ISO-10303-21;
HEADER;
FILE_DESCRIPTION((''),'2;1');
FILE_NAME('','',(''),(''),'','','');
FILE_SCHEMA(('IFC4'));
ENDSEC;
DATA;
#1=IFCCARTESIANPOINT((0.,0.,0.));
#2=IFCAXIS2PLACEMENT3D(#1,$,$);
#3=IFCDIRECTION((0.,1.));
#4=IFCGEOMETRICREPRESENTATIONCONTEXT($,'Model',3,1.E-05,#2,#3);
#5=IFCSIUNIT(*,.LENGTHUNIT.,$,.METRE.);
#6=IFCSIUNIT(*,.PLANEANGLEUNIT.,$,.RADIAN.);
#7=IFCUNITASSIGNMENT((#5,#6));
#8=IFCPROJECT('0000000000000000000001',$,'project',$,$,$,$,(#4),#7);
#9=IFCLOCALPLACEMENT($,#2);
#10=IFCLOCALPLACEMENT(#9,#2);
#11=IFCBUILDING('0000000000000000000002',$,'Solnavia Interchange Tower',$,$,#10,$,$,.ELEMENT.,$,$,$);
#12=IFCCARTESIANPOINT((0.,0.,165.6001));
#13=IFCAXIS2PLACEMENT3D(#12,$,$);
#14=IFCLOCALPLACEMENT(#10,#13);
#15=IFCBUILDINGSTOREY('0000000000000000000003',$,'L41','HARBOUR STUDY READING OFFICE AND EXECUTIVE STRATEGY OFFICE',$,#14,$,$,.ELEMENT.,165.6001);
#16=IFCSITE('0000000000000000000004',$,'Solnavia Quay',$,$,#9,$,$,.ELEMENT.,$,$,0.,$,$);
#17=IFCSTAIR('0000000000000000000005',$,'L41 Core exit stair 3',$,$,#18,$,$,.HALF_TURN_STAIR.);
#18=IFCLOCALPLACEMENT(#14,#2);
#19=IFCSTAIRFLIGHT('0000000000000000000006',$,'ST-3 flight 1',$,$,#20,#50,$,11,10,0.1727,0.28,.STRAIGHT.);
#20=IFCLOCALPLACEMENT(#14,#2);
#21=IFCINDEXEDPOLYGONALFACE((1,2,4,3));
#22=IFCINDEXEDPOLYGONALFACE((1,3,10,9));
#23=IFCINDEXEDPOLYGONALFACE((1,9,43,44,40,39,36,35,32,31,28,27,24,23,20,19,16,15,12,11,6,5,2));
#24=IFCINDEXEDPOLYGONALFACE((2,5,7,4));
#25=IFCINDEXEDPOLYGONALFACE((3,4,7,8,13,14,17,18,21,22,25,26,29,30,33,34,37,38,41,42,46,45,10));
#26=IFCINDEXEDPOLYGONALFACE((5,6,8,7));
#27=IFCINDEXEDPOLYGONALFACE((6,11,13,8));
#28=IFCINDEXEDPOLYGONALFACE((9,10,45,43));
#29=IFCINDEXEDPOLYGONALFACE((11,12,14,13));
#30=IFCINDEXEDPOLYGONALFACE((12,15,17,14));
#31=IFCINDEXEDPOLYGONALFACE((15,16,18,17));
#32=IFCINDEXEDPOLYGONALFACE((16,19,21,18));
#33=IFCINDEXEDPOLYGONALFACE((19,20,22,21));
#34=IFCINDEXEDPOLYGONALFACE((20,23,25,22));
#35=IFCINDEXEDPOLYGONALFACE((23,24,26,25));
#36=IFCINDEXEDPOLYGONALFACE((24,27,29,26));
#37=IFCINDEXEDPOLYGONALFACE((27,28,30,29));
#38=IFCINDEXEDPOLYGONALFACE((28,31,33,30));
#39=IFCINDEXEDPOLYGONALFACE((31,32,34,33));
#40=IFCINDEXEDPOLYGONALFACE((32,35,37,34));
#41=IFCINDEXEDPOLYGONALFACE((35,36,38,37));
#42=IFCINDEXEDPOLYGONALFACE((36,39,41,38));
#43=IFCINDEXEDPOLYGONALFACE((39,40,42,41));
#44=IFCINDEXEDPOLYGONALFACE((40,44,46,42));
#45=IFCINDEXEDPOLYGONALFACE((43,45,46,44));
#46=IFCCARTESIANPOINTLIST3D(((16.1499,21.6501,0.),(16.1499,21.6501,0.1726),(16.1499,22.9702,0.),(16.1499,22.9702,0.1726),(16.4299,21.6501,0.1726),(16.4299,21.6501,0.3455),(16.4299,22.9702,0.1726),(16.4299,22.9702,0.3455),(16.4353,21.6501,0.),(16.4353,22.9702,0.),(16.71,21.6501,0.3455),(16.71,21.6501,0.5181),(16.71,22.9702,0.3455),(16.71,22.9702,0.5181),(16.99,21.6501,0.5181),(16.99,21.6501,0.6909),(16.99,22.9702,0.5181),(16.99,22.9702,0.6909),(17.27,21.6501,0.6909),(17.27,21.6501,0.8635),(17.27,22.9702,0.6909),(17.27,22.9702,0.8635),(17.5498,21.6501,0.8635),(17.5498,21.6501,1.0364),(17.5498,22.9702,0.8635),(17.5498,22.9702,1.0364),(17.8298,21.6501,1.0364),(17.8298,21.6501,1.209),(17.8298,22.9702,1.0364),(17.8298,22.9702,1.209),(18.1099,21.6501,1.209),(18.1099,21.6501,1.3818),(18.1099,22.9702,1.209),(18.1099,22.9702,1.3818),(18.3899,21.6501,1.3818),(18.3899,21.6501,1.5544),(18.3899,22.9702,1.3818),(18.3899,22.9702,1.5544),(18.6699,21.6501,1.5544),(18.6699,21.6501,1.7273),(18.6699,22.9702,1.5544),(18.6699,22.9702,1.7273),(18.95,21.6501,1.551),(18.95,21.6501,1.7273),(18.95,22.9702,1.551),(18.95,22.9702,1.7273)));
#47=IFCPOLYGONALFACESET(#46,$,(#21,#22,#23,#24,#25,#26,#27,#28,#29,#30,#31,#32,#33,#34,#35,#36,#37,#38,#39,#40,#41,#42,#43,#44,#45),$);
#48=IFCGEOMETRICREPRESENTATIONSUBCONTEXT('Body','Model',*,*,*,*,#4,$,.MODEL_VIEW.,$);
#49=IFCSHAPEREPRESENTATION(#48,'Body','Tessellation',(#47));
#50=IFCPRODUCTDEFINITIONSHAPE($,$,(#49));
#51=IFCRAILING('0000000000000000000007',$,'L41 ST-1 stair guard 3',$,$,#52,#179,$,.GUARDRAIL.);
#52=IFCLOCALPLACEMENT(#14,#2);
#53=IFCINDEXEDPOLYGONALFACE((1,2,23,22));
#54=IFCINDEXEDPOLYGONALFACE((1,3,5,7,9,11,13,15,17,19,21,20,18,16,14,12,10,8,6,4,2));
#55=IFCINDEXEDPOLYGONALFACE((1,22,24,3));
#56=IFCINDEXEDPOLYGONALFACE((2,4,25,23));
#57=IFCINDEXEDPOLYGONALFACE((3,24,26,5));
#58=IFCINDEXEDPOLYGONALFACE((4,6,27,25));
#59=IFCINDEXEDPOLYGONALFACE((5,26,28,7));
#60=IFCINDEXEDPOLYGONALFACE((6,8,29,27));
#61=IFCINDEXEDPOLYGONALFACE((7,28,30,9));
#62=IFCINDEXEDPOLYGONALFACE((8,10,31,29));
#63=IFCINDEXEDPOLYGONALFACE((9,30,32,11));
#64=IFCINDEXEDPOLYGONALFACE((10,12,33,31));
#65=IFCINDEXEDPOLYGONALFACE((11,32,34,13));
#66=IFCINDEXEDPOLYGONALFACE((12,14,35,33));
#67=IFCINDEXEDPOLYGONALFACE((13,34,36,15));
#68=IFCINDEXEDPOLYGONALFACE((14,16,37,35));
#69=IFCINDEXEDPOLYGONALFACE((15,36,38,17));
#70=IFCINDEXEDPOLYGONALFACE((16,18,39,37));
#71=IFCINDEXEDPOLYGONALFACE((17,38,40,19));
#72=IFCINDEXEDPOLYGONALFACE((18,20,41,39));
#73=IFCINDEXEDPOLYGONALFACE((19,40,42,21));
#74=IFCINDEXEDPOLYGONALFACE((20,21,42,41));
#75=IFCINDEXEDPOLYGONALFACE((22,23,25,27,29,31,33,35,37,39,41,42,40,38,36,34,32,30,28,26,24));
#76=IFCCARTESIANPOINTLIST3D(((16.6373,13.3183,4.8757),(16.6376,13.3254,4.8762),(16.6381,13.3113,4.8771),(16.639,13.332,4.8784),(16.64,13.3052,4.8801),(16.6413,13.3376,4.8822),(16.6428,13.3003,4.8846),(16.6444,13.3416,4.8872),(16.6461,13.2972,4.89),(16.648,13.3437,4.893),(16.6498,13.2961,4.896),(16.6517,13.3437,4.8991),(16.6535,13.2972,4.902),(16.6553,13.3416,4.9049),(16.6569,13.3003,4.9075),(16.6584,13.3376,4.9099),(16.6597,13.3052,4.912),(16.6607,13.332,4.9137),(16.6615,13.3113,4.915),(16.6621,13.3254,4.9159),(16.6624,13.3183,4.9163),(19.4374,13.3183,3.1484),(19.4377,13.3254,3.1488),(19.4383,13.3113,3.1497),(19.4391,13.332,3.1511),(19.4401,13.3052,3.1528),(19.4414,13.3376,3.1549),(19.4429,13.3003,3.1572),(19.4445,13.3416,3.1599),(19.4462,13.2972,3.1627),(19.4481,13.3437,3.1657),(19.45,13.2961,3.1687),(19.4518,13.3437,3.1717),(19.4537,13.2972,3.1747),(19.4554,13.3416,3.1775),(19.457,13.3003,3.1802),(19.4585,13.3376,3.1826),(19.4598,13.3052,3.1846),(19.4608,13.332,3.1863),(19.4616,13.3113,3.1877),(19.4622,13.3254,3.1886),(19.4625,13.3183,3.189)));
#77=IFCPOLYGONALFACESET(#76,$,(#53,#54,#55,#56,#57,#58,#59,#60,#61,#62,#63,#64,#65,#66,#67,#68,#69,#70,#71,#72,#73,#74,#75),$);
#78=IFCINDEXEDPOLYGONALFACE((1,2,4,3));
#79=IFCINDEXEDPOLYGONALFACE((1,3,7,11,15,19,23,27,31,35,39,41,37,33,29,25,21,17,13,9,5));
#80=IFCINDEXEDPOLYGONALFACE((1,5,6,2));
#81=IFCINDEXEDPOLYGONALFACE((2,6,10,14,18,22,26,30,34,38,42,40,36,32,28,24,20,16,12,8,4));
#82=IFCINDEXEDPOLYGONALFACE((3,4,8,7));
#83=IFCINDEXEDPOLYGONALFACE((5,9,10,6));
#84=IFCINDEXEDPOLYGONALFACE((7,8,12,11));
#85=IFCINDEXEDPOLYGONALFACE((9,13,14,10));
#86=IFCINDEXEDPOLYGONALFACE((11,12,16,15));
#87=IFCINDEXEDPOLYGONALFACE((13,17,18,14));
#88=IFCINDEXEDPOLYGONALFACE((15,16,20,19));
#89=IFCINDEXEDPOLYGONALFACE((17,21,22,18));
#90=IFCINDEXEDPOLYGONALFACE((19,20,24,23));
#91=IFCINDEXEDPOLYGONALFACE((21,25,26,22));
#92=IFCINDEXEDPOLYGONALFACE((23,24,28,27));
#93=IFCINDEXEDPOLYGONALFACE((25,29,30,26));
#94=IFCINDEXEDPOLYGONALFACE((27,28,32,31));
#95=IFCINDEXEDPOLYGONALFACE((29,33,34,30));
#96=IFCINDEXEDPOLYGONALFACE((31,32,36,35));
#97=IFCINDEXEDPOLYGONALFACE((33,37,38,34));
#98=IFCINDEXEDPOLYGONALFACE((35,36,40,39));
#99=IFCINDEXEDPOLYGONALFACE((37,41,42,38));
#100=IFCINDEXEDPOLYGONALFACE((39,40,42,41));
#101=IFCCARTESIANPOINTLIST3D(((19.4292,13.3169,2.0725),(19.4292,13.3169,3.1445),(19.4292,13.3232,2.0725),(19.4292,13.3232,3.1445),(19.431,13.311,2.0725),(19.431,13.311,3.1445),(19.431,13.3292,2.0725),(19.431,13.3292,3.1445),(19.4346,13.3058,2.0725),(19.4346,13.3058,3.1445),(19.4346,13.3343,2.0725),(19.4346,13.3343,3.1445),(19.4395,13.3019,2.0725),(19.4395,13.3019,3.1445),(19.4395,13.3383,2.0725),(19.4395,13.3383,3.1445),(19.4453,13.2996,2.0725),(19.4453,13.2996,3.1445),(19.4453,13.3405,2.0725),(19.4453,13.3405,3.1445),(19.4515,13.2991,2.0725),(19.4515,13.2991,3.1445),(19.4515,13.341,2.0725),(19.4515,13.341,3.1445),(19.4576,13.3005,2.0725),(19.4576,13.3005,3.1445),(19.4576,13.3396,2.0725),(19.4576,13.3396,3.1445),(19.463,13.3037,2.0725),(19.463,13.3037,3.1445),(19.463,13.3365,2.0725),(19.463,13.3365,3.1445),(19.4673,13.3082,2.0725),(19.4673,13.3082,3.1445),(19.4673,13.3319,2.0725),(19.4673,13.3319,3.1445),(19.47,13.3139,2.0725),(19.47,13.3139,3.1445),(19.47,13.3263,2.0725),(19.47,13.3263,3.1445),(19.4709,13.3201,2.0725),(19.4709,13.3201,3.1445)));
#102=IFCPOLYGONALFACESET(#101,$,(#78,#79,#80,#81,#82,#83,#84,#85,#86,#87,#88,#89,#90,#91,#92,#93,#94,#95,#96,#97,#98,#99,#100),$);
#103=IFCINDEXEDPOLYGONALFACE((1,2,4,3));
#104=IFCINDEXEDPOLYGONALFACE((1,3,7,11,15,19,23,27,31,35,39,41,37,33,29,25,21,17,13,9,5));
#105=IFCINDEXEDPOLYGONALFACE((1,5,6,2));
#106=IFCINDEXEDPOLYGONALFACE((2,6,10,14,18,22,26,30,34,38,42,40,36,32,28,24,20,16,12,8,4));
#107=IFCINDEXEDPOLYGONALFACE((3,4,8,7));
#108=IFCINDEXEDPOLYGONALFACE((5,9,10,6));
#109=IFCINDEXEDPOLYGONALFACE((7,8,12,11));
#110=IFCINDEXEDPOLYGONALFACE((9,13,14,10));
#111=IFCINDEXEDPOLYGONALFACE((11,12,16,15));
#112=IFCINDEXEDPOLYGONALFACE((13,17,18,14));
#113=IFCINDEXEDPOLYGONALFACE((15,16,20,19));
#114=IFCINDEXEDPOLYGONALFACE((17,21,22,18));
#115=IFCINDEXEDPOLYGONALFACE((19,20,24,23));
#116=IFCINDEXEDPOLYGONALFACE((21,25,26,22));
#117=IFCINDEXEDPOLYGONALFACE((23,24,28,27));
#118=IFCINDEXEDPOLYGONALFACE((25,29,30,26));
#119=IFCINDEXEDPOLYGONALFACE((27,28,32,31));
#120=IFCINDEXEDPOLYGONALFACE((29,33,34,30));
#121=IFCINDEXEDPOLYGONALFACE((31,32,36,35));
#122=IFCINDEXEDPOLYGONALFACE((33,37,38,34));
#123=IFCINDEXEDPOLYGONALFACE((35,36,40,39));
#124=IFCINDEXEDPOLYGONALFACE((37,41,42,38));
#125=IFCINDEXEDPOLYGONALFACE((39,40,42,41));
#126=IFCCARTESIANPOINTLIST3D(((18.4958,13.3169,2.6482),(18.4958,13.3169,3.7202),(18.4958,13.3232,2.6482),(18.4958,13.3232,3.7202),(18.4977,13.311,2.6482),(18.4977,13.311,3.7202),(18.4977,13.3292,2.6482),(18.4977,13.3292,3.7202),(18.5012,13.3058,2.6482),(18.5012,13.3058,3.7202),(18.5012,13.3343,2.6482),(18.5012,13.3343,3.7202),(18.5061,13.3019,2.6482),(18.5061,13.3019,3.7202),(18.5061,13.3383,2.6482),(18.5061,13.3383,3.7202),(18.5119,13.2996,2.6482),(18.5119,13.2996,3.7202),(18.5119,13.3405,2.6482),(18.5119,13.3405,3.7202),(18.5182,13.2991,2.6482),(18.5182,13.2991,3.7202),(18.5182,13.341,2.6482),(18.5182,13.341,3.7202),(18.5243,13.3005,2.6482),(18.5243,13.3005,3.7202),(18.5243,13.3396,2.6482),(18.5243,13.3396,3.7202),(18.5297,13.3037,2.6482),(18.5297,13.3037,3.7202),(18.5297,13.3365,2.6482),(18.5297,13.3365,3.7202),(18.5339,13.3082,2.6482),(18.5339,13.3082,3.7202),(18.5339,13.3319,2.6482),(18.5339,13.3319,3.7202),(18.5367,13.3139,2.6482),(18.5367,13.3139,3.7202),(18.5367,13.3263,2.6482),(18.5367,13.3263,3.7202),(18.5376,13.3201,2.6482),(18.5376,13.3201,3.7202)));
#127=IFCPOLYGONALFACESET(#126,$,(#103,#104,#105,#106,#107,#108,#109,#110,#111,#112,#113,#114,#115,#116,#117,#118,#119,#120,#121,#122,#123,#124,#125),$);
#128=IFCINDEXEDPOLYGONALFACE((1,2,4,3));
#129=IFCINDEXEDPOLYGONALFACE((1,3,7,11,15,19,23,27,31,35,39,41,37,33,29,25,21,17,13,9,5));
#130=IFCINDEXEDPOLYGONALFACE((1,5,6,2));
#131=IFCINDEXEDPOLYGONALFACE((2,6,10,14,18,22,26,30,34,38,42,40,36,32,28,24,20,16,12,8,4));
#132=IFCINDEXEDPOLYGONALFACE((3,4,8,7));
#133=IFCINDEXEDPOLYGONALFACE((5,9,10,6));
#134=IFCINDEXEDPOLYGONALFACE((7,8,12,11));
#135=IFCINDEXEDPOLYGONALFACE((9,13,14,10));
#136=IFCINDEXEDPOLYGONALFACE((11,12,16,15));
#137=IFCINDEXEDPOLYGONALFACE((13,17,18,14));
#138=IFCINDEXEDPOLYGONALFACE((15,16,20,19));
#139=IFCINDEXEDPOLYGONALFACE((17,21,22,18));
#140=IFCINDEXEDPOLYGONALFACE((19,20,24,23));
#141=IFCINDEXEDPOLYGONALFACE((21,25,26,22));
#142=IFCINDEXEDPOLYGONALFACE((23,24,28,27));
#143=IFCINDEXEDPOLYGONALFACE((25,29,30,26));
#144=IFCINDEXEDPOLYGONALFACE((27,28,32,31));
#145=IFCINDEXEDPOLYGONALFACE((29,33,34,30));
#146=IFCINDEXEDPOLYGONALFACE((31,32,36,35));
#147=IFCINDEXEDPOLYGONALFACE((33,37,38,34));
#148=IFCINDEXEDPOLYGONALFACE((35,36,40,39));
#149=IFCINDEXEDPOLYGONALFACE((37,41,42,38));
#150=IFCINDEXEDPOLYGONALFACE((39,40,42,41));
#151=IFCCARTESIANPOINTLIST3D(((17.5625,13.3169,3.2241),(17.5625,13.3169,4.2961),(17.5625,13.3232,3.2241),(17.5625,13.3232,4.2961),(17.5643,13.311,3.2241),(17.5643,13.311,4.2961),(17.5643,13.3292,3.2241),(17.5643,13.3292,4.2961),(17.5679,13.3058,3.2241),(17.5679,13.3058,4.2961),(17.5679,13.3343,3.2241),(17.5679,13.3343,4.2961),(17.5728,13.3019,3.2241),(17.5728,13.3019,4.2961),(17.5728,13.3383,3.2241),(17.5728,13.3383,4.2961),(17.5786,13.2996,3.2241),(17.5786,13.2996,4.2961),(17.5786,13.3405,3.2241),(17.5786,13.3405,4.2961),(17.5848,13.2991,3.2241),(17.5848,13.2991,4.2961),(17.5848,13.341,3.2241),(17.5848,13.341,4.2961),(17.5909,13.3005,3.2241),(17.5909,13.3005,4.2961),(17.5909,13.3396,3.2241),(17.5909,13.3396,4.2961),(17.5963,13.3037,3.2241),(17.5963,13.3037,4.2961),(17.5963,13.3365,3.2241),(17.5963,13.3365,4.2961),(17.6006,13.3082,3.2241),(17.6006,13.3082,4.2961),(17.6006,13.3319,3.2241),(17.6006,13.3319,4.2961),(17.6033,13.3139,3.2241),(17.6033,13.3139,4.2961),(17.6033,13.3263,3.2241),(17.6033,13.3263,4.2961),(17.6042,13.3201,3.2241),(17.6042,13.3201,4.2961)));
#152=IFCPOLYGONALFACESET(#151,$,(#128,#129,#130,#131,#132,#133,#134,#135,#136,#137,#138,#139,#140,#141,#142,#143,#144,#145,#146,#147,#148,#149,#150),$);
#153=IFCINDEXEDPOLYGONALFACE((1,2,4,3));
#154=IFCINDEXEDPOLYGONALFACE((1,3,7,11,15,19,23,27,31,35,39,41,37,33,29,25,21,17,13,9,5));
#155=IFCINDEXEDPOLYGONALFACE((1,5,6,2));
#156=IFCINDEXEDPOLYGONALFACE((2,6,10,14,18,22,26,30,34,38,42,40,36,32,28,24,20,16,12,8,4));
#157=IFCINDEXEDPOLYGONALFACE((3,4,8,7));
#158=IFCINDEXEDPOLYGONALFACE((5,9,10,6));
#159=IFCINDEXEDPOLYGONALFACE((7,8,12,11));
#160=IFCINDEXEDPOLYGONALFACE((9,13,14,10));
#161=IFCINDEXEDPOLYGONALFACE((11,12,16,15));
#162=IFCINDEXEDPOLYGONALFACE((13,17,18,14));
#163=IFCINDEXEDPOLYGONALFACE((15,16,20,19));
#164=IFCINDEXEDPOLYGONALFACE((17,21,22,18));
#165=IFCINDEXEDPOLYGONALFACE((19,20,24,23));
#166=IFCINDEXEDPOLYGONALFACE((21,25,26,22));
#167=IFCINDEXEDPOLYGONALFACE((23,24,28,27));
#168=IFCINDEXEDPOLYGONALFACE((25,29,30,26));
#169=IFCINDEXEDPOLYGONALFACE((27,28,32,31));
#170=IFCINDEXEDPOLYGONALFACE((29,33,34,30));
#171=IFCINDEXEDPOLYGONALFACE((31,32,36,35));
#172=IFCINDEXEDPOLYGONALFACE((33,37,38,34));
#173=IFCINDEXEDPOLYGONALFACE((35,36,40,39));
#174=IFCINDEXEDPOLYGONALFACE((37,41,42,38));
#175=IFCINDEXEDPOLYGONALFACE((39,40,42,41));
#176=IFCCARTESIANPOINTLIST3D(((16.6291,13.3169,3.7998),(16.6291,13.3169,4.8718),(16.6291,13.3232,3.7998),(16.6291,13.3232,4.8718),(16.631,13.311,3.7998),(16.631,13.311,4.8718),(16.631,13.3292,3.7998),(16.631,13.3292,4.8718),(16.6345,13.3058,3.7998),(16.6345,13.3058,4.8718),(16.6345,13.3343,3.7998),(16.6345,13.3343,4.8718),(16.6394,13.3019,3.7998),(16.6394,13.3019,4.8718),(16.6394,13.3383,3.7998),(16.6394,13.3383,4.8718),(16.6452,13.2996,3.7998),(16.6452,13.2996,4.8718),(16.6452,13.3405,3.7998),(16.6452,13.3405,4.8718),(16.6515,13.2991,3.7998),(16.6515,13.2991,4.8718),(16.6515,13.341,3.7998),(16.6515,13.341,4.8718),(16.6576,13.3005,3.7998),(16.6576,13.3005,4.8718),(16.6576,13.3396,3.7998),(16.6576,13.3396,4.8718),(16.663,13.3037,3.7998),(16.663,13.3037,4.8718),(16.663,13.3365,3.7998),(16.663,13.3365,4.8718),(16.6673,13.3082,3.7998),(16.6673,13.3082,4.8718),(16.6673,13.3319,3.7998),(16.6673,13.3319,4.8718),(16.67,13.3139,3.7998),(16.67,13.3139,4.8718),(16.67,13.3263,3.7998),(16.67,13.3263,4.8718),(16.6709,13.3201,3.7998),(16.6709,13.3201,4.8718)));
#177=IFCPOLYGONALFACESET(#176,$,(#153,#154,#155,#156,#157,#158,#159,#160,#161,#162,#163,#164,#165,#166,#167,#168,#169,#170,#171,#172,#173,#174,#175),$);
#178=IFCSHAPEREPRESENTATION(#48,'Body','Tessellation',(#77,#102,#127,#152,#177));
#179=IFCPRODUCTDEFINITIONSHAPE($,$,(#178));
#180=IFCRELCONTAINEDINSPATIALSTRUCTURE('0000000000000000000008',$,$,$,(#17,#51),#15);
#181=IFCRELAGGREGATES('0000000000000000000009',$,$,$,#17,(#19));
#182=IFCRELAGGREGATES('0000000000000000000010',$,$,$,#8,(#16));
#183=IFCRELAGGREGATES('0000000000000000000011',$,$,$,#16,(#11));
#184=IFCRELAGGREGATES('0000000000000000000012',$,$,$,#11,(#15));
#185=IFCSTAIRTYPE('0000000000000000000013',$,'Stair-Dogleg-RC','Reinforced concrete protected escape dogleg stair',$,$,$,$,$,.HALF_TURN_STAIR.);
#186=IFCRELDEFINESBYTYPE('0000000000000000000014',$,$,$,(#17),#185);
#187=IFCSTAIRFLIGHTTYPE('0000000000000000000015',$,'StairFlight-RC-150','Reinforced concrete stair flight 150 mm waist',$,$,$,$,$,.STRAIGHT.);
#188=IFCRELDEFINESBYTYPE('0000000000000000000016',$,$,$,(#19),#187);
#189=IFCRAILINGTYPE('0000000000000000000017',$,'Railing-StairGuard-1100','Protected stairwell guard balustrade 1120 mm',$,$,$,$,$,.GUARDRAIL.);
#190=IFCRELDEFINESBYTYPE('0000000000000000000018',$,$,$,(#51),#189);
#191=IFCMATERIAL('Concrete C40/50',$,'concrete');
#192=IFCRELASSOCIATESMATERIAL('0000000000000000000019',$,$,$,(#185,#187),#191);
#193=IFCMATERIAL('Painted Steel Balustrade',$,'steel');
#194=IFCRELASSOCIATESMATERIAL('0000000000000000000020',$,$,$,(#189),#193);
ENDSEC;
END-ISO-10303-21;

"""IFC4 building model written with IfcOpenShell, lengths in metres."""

from ifc_helpers import new_model, si_unit, direction, frame, origin, origin_2d, place, context, subcontext, project, spatial, polyline, circle, outline, extrude, material, type_object, element, aggregate, save


model = new_model("IFC4")

# Units and contexts
model_context = context("Model", 3, precision=1e-05, world=origin(), true_north=direction((0.0, 1.0)))
body_context = subcontext(model_context, "Body", "Model", "MODEL_VIEW")
ifc_project = project(units=[si_unit("LENGTHUNIT", "METRE"), si_unit("PLANEANGLEUNIT", "RADIAN")], contexts=[model_context])

# Site, building, storey
site_placement = place(None, origin())
site = spatial("IfcSite", under=ifc_project, at=site_placement, Name="Solnavia Quay", CompositionType="ELEMENT", RefElevation=0.0)
building_placement = place(site_placement, origin())
building = spatial("IfcBuilding", under=site, at=building_placement, Name="Solnavia Interchange Tower", CompositionType="ELEMENT")
storey_placement = place(building_placement, frame((0.0, 0.0, 165.6001)))
storey = spatial("IfcBuildingStorey", under=building, at=storey_placement, Name="L41", Description="HARBOUR STUDY READING OFFICE AND EXECUTIVE STRATEGY OFFICE", CompositionType="ELEMENT", Elevation=165.6001)

# Shared definitions
ifc_material_1 = material(Name="Concrete C40/50", Category="concrete")

# Stair, stair flight
stair_type = type_object("IfcStairType", Name="Stair-Dogleg-RC", Description="Reinforced concrete protected escape dogleg stair", PredefinedType="HALF_TURN_STAIR", material=ifc_material_1)
stair_flight_type = type_object("IfcStairFlightType", Name="StairFlight-RC-150", Description="Reinforced concrete stair flight 150 mm waist", PredefinedType="STRAIGHT", material=ifc_material_1)
stair_1_placement = place(storey_placement, origin())
stair_1 = element("IfcStair", 1, at=stair_1_placement, inside=storey, type_object=stair_type, Name="L41 Core exit stair 3", PredefinedType="HALF_TURN_STAIR")
stair_flight_1_placement = place(storey_placement, frame((16.1499, 22.3101, 0.0), z_axis=(0.0, 0.0, 1.0), x_axis=(1.0, 0.0, 0.0)))
stair_flight_1 = element("IfcStairFlight", 2, at=stair_flight_1_placement, type_object=stair_flight_type, Name="ST-3 flight 1", NumberOfRisers=11, NumberOfTreads=10, PredefinedType="STRAIGHT", RiserHeight=0.1727, TreadLength=0.28, context=body_context, shape_type="SweptSolid", body=[
    extrude(outline(polyline([(0.0, 0.0), (0.0, 0.1726), (0.28, 0.1726), (0.28, 0.3455), (0.5601, 0.3455), (0.5601, 0.5181), (0.8401, 0.5181), (0.8401, 0.6909), (1.1201, 0.6909), (1.1201, 0.8635), (1.3999, 0.8635), (1.3999, 1.0364), (1.6799, 1.0364), (1.6799, 1.209), (1.96, 1.209), (1.96, 1.3818), (2.24, 1.3818), (2.24, 1.5544), (2.52, 1.5544), (2.52, 1.7273), (2.8, 1.7273), (2.8, 1.8999), (2.8, 1.551), (0.2854, 0.0), (0.0, 0.0)])), frame((0.0, 0.6602, 0.0), z_axis=(0.0, -1.0, 0.0), x_axis=(1.0, 0.0, 0.0)), (0.0, 0.0, 1.0), 1.3201),
])
aggregate(stair_1, [stair_flight_1])

# Railing
ifc_material_2 = material(Name="Painted Steel Balustrade", Category="steel")
railing_type_1 = type_object("IfcRailingType", Name="Railing-StairGuard-1100", Description="Protected stairwell guard balustrade 1120 mm", PredefinedType="GUARDRAIL", material=ifc_material_2)
railing_1_placement = place(storey_placement, frame((19.45, 13.3201, 2.0725)))
element("IfcRailing", 3, at=railing_1_placement, inside=storey, type_object=railing_type_1, Name="L41 ST-1 stair guard 3", PredefinedType="GUARDRAIL", context=body_context, shape_type="SweptSolid", body=[
    extrude(circle(Radius=0.0239, at=origin_2d()), frame((0.0, 0.0, 1.0962), z_axis=(-0.85109, 0.0, 0.52502), x_axis=(0.0, -1.0, 0.0)), (0.0, 0.0, 1.0), 3.29),
    extrude(circle(Radius=0.021, at=origin_2d()), origin(), (0.0, 0.0, 1.0), 1.072),
    extrude(circle(Radius=0.021, at=origin_2d()), frame((-0.9333, 0.0, 0.5757)), (0.0, 0.0, 1.0), 1.072),
    extrude(circle(Radius=0.021, at=origin_2d()), frame((-1.8667, 0.0, 1.1516)), (0.0, 0.0, 1.0), 1.072),
    extrude(circle(Radius=0.021, at=origin_2d()), frame((-2.8, 0.0, 1.7273)), (0.0, 0.0, 1.0), 1.072),
])

save(model, "model.ifc")
